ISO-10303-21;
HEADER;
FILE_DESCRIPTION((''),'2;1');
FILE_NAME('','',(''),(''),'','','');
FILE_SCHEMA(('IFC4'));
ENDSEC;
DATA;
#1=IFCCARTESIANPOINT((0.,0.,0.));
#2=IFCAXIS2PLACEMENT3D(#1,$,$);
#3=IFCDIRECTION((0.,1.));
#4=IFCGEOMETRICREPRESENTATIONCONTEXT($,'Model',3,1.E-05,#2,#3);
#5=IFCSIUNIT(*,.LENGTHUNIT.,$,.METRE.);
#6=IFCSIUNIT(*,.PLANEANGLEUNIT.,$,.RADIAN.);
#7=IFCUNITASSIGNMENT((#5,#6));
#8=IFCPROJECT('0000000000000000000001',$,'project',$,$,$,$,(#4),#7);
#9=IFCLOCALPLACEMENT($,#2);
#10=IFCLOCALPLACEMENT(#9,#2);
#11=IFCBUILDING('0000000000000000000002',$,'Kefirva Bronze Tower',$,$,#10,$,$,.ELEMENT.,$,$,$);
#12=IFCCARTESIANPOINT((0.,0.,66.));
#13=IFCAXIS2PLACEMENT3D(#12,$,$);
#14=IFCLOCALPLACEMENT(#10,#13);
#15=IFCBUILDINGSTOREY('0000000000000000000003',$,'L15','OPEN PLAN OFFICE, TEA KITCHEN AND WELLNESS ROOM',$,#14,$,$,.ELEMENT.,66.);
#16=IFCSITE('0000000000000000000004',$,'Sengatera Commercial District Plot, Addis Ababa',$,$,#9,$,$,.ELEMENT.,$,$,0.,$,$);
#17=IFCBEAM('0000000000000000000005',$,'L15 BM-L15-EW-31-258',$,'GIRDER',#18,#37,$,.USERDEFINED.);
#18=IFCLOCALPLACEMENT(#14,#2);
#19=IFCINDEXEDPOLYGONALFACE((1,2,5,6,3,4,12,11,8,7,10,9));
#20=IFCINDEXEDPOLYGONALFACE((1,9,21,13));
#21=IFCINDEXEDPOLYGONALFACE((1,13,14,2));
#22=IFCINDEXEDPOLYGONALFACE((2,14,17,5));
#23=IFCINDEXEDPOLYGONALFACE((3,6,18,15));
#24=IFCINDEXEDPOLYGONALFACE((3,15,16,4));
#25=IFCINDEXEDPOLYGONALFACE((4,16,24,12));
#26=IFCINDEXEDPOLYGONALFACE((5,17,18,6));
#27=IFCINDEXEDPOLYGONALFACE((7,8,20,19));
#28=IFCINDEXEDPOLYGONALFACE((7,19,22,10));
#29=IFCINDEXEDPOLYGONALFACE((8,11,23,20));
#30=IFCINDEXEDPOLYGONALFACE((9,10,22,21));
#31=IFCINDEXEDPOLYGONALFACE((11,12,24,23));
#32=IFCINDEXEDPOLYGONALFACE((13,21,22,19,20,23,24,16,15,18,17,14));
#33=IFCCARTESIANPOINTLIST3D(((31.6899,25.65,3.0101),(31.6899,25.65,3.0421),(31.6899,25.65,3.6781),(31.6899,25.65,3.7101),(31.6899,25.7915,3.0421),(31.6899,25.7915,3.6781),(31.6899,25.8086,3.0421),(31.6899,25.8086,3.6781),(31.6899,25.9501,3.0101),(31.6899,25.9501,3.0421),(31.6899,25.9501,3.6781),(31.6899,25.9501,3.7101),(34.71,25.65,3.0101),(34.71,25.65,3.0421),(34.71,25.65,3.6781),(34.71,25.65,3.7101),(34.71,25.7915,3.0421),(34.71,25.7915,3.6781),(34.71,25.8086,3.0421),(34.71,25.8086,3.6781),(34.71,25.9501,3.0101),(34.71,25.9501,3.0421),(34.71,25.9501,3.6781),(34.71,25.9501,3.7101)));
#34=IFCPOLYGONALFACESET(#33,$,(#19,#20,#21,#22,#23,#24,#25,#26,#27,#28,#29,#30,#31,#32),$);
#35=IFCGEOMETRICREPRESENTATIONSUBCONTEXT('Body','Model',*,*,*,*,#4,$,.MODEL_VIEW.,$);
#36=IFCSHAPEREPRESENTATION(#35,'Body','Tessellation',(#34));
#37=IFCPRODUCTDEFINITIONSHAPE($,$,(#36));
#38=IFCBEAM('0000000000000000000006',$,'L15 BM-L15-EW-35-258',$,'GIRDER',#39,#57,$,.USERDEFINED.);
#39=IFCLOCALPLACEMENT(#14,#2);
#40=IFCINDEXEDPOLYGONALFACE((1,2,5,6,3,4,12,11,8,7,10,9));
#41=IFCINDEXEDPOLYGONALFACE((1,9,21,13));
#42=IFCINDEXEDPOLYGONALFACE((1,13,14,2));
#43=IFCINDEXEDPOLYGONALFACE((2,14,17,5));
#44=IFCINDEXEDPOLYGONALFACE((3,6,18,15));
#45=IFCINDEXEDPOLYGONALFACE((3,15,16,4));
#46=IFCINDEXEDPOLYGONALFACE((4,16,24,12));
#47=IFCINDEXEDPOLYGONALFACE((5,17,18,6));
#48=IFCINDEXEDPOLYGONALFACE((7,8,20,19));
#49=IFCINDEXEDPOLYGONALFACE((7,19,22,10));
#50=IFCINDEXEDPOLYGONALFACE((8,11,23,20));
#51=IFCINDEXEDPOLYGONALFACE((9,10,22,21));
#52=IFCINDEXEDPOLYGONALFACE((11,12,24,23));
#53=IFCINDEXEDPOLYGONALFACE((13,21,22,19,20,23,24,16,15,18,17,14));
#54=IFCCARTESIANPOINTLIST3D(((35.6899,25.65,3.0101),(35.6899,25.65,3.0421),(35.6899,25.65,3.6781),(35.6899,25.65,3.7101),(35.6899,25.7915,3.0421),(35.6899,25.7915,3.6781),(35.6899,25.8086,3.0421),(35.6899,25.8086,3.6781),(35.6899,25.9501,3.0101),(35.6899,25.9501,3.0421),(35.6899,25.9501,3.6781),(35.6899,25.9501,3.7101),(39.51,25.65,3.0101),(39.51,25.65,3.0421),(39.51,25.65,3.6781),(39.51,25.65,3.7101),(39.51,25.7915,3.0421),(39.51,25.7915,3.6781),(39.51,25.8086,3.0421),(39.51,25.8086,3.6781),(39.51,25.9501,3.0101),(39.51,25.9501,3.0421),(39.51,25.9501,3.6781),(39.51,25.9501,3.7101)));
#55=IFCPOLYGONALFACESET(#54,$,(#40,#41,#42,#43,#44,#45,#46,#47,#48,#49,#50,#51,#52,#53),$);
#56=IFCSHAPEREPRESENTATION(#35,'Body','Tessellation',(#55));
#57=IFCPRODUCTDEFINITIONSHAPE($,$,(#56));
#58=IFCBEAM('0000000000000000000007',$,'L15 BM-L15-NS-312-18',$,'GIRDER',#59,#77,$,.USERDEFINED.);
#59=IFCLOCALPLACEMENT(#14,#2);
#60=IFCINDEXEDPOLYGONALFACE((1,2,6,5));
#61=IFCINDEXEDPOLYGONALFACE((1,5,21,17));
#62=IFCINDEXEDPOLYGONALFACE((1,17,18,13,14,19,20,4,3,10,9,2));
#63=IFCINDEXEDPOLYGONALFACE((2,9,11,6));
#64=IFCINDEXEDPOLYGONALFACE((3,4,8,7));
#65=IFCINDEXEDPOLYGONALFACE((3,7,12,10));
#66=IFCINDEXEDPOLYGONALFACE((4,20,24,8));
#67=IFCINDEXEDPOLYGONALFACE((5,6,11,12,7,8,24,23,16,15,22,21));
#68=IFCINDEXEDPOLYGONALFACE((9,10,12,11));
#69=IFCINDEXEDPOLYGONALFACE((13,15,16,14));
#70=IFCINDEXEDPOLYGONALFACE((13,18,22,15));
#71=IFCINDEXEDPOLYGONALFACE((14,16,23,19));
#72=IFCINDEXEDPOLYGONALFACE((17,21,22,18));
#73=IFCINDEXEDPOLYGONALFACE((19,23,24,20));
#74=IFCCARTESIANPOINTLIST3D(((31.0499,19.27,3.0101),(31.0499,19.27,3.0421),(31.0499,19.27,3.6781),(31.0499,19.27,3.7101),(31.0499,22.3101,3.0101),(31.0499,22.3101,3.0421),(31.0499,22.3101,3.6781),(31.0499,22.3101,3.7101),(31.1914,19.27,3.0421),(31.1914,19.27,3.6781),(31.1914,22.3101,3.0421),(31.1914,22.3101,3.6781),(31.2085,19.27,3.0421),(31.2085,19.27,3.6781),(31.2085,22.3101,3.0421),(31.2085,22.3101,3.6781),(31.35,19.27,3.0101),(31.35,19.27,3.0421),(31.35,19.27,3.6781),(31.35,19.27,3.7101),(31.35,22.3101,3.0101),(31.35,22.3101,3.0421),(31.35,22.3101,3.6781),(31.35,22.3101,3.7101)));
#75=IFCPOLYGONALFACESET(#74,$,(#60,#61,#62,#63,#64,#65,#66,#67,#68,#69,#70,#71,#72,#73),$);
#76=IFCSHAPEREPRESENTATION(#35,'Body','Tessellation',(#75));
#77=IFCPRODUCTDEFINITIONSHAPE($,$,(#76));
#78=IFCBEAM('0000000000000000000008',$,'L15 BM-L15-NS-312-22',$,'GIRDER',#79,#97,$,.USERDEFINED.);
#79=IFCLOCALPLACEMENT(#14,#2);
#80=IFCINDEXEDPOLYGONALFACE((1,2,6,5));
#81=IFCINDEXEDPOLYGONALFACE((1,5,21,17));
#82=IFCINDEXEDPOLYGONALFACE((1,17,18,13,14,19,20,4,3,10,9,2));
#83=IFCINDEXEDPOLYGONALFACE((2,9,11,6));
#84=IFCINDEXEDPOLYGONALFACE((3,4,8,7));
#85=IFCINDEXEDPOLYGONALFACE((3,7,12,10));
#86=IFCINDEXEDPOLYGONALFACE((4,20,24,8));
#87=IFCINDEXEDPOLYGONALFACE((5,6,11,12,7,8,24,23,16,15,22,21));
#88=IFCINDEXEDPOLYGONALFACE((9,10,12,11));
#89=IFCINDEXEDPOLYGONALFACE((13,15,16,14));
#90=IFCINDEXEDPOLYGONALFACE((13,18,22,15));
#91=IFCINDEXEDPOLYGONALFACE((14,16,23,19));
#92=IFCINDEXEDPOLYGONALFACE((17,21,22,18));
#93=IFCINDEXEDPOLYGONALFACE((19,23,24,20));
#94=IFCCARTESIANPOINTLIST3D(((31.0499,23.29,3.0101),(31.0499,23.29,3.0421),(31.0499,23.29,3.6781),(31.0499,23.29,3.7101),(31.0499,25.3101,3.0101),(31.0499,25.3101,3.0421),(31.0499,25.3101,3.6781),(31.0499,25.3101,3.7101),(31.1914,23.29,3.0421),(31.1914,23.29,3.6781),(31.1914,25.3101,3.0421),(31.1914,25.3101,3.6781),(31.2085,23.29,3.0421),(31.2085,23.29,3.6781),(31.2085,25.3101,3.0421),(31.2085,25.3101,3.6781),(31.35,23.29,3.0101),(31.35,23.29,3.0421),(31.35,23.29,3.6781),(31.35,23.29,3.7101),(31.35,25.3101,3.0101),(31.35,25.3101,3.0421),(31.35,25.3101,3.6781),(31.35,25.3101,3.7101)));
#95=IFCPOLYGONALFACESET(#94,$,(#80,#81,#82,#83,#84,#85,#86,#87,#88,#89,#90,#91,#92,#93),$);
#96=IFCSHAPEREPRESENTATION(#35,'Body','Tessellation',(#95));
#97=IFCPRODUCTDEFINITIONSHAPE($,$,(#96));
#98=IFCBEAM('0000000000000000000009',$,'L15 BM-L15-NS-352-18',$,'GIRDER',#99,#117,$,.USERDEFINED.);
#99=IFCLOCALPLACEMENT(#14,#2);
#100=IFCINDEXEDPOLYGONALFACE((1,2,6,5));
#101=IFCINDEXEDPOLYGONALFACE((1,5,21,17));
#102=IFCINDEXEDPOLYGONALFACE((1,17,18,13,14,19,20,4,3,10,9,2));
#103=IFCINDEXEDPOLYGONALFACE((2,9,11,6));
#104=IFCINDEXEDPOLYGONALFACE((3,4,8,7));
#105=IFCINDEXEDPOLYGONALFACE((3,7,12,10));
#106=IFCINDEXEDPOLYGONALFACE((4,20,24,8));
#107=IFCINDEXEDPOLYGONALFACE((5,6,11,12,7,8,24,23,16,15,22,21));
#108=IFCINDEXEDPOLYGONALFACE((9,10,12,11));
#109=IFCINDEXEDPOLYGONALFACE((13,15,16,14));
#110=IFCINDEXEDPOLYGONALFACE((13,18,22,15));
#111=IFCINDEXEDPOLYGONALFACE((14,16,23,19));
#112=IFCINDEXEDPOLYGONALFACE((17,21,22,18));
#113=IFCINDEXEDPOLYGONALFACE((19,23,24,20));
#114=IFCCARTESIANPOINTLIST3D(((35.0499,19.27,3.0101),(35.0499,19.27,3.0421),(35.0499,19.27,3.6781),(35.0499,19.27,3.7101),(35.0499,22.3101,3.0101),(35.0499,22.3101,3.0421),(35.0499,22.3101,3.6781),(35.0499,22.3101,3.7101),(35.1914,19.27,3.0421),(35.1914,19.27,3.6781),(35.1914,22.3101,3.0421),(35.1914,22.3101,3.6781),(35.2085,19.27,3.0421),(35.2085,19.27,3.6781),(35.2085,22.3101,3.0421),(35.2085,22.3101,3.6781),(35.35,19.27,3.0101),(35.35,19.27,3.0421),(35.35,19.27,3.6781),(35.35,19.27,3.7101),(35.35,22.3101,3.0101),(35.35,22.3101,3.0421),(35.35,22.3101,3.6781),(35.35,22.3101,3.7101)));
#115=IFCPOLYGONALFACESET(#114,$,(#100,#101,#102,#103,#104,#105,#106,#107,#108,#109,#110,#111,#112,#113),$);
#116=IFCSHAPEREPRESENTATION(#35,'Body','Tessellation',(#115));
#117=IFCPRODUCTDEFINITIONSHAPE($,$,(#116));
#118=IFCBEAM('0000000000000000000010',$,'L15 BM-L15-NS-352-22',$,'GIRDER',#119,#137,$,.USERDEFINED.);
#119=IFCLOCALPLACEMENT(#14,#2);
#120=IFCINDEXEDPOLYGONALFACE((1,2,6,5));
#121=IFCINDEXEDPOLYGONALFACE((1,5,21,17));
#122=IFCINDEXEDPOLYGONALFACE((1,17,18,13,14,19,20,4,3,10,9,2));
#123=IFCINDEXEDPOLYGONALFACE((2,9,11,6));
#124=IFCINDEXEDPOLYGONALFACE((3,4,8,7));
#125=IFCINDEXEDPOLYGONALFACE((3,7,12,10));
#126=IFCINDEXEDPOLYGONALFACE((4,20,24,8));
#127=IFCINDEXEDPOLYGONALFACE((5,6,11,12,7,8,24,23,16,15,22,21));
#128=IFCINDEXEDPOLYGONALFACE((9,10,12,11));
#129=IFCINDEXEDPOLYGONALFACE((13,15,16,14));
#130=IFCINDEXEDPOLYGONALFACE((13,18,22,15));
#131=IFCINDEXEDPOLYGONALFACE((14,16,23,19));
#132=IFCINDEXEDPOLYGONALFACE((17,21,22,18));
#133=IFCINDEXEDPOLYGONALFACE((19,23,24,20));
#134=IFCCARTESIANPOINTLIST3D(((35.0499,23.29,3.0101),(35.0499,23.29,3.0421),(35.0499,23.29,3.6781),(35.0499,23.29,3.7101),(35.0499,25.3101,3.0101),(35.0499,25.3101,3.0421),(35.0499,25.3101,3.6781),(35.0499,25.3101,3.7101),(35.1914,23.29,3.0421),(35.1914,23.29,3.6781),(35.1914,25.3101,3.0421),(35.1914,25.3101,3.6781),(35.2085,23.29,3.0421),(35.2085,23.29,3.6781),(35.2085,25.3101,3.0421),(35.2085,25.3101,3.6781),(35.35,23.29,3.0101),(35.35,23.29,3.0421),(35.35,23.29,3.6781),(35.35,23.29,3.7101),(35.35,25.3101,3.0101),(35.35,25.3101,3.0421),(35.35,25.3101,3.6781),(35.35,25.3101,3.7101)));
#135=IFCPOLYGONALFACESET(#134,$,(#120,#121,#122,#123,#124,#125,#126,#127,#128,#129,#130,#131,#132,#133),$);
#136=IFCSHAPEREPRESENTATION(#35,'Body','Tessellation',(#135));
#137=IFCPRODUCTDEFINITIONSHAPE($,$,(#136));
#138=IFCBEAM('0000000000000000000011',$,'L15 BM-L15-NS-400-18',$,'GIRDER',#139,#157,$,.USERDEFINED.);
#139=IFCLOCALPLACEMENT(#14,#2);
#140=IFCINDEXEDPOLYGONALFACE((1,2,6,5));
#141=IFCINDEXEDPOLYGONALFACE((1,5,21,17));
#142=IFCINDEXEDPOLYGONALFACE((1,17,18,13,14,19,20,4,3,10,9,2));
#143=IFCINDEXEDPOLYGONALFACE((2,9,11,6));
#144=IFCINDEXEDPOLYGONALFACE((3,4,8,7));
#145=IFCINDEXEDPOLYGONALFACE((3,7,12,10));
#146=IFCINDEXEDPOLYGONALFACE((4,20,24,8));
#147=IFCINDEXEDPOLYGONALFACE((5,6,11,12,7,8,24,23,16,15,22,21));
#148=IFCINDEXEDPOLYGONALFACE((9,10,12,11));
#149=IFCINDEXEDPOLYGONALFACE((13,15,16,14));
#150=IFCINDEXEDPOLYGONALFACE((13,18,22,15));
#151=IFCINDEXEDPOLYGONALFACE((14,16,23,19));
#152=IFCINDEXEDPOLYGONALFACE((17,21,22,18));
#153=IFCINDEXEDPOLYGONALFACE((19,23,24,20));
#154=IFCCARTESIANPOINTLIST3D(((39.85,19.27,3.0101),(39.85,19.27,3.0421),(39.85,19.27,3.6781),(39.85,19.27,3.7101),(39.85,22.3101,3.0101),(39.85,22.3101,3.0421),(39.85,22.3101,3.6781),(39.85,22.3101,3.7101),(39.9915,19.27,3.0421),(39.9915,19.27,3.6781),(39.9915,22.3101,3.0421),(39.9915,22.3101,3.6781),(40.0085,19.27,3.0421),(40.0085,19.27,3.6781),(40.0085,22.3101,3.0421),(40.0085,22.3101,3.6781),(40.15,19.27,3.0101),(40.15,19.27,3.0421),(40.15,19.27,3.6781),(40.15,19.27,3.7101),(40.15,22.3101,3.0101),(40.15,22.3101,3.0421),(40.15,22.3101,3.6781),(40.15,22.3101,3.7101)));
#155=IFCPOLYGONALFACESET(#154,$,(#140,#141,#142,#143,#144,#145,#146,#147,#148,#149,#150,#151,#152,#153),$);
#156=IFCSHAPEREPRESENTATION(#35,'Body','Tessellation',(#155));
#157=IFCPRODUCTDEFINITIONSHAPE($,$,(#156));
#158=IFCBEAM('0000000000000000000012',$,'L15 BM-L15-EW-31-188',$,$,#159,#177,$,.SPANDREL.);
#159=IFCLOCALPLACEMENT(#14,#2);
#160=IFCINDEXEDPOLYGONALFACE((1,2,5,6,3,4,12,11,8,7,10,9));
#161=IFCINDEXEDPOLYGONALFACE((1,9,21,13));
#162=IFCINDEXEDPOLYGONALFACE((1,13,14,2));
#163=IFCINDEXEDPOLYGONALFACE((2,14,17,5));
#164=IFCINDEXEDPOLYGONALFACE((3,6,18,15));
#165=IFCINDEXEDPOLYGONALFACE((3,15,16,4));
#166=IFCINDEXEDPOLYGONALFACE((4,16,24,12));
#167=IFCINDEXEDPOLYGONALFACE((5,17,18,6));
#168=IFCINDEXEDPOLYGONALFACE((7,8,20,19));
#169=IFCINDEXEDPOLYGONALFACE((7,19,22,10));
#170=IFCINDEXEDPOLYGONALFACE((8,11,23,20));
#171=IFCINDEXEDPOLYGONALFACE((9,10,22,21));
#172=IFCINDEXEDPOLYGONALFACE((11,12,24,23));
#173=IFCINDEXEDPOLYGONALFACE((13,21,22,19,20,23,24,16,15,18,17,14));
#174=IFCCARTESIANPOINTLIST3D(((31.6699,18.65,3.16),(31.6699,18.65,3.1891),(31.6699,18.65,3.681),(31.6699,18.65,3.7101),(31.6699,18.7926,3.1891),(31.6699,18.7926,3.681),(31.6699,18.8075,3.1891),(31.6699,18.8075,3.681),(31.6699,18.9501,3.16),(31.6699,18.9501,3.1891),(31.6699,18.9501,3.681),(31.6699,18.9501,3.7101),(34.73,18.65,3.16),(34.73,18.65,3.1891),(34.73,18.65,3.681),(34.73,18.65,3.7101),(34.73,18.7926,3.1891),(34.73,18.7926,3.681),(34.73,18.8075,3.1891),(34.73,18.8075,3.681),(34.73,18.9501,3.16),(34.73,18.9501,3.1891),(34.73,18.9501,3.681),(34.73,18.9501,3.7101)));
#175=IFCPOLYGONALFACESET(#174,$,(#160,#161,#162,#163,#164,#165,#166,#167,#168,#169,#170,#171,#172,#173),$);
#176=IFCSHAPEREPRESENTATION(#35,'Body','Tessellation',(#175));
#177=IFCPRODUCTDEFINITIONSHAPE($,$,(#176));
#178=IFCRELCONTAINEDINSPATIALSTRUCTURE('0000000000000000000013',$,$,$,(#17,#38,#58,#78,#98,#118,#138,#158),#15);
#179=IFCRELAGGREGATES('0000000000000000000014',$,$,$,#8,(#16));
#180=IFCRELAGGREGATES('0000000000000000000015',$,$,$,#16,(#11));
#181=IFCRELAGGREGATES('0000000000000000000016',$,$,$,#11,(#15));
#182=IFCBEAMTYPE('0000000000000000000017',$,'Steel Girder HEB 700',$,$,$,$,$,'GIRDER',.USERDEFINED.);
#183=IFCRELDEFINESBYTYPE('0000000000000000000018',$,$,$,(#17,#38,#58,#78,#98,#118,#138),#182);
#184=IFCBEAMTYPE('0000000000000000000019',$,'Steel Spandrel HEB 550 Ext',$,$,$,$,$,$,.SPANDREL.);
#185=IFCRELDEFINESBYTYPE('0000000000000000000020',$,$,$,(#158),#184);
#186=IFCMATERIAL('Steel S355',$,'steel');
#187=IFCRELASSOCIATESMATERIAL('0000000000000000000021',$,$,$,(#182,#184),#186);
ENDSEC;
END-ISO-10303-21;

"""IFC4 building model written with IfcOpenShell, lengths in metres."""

from ifc_helpers import new_model, si_unit, direction, frame, origin, origin_2d, place, context, subcontext, project, spatial, i_section, extrude, material, material_profile, profile_set, type_object, element, save


model = new_model("IFC4")

# Units and contexts
model_context = context("Model", 3, precision=1e-05, world=origin(), true_north=direction((0.0, 1.0)))
body_context = subcontext(model_context, "Body", "Model", "MODEL_VIEW")
ifc_project = project(units=[si_unit("LENGTHUNIT", "METRE"), si_unit("PLANEANGLEUNIT", "RADIAN")], contexts=[model_context])

# Site, building, storey
site_placement = place(None, origin())
site = spatial("IfcSite", under=ifc_project, at=site_placement, Name="Sengatera Commercial District Plot, Addis Ababa", CompositionType="ELEMENT", RefElevation=0.0)
building_placement = place(site_placement, origin())
building = spatial("IfcBuilding", under=site, at=building_placement, Name="Kefirva Bronze Tower", CompositionType="ELEMENT")
storey_placement = place(building_placement, frame((0.0, 0.0, 66.0)))
storey = spatial("IfcBuildingStorey", under=building, at=storey_placement, Name="L15", Description="OPEN PLAN OFFICE, TEA KITCHEN AND WELLNESS ROOM", CompositionType="ELEMENT", Elevation=66.0)

# Beams
ifc_material_1 = material(Name="Steel S355", Category="steel")
ifc_material_profile_1 = material_profile(ifc_material_1, i_section(OverallWidth=0.3, OverallDepth=0.7, WebThickness=0.0171, FlangeThickness=0.032, at=origin_2d()), Name="HEB 700")
ifc_profile_set_1 = profile_set([ifc_material_profile_1], Name="Steel S355")
beam_type_1 = type_object("IfcBeamType", Name="Steel Girder HEB 700", ElementType="GIRDER", PredefinedType="USERDEFINED", material=ifc_profile_set_1)
beam_1_placement = place(storey_placement, frame((31.6899, 25.8, 3.3601), z_axis=(1.0, 0.0, 0.0), x_axis=(0.0, 1.0, 0.0)))
element("IfcBeam", 1, at=beam_1_placement, inside=storey, type_object=beam_type_1, Name="L15 BM-L15-EW-31-258", ObjectType="GIRDER", PredefinedType="USERDEFINED", context=body_context, shape_type="SweptSolid", body=[
    extrude(i_section(OverallWidth=0.3, OverallDepth=0.7, WebThickness=0.0171, FlangeThickness=0.032, at=origin_2d()), origin(), (0.0, 0.0, 1.0), 3.02),
])
beam_2_placement = place(storey_placement, frame((35.6899, 25.8, 3.3601), z_axis=(1.0, 0.0, 0.0), x_axis=(0.0, 1.0, 0.0)))
element("IfcBeam", 2, at=beam_2_placement, inside=storey, type_object=beam_type_1, Name="L15 BM-L15-EW-35-258", ObjectType="GIRDER", PredefinedType="USERDEFINED", context=body_context, shape_type="SweptSolid", body=[
    extrude(i_section(OverallWidth=0.3, OverallDepth=0.7, WebThickness=0.0171, FlangeThickness=0.032, at=origin_2d()), origin(), (0.0, 0.0, 1.0), 3.8201),
])
beam_3_placement = place(storey_placement, frame((31.2, 19.27, 3.3601), z_axis=(0.0, 1.0, 0.0), x_axis=(-1.0, 0.0, 0.0)))
element("IfcBeam", 3, at=beam_3_placement, inside=storey, type_object=beam_type_1, Name="L15 BM-L15-NS-312-18", ObjectType="GIRDER", PredefinedType="USERDEFINED", context=body_context, shape_type="SweptSolid", body=[
    extrude(i_section(OverallWidth=0.3, OverallDepth=0.7, WebThickness=0.0171, FlangeThickness=0.032, at=origin_2d()), origin(), (0.0, 0.0, 1.0), 3.04),
])
beam_4_placement = place(storey_placement, frame((31.2, 23.29, 3.3601), z_axis=(0.0, 1.0, 0.0), x_axis=(-1.0, 0.0, 0.0)))
element("IfcBeam", 4, at=beam_4_placement, inside=storey, type_object=beam_type_1, Name="L15 BM-L15-NS-312-22", ObjectType="GIRDER", PredefinedType="USERDEFINED", context=body_context, shape_type="SweptSolid", body=[
    extrude(i_section(OverallWidth=0.3, OverallDepth=0.7, WebThickness=0.0171, FlangeThickness=0.032, at=origin_2d()), origin(), (0.0, 0.0, 1.0), 2.02),
])
beam_5_placement = place(storey_placement, frame((35.2, 19.27, 3.3601), z_axis=(0.0, 1.0, 0.0), x_axis=(-1.0, 0.0, 0.0)))
element("IfcBeam", 5, at=beam_5_placement, inside=storey, type_object=beam_type_1, Name="L15 BM-L15-NS-352-18", ObjectType="GIRDER", PredefinedType="USERDEFINED", context=body_context, shape_type="SweptSolid", body=[
    extrude(i_section(OverallWidth=0.3, OverallDepth=0.7, WebThickness=0.0171, FlangeThickness=0.032, at=origin_2d()), origin(), (0.0, 0.0, 1.0), 3.04),
])
beam_6_placement = place(storey_placement, frame((35.2, 23.29, 3.3601), z_axis=(0.0, 1.0, 0.0), x_axis=(-1.0, 0.0, 0.0)))
element("IfcBeam", 6, at=beam_6_placement, inside=storey, type_object=beam_type_1, Name="L15 BM-L15-NS-352-22", ObjectType="GIRDER", PredefinedType="USERDEFINED", context=body_context, shape_type="SweptSolid", body=[
    extrude(i_section(OverallWidth=0.3, OverallDepth=0.7, WebThickness=0.0171, FlangeThickness=0.032, at=origin_2d()), origin(), (0.0, 0.0, 1.0), 2.02),
])
beam_7_placement = place(storey_placement, frame((40.0, 19.27, 3.3601), z_axis=(0.0, 1.0, 0.0), x_axis=(-1.0, 0.0, 0.0)))
element("IfcBeam", 7, at=beam_7_placement, inside=storey, type_object=beam_type_1, Name="L15 BM-L15-NS-400-18", ObjectType="GIRDER", PredefinedType="USERDEFINED", context=body_context, shape_type="SweptSolid", body=[
    extrude(i_section(OverallWidth=0.3, OverallDepth=0.7, WebThickness=0.0171, FlangeThickness=0.032, at=origin_2d()), origin(), (0.0, 0.0, 1.0), 3.04),
])
ifc_material_profile_2 = material_profile(ifc_material_1, i_section(OverallWidth=0.3, OverallDepth=0.55, WebThickness=0.0149, FlangeThickness=0.0291, at=origin_2d()), Name="HEB 550")
ifc_profile_set_2 = profile_set([ifc_material_profile_2], Name="Steel S355")
beam_type_2 = type_object("IfcBeamType", Name="Steel Spandrel HEB 550 Ext", PredefinedType="SPANDREL", material=ifc_profile_set_2)
beam_8_placement = place(storey_placement, frame((31.6699, 18.8, 3.4351), z_axis=(1.0, 0.0, 0.0), x_axis=(0.0, 1.0, 0.0)))
element("IfcBeam", 8, at=beam_8_placement, inside=storey, type_object=beam_type_2, Name="L15 BM-L15-EW-31-188", PredefinedType="SPANDREL", context=body_context, shape_type="SweptSolid", body=[
    extrude(i_section(OverallWidth=0.3, OverallDepth=0.55, WebThickness=0.0149, FlangeThickness=0.0291, at=origin_2d()), origin(), (0.0, 0.0, 1.0), 3.0601),
])

save(model, "model.ifc")
